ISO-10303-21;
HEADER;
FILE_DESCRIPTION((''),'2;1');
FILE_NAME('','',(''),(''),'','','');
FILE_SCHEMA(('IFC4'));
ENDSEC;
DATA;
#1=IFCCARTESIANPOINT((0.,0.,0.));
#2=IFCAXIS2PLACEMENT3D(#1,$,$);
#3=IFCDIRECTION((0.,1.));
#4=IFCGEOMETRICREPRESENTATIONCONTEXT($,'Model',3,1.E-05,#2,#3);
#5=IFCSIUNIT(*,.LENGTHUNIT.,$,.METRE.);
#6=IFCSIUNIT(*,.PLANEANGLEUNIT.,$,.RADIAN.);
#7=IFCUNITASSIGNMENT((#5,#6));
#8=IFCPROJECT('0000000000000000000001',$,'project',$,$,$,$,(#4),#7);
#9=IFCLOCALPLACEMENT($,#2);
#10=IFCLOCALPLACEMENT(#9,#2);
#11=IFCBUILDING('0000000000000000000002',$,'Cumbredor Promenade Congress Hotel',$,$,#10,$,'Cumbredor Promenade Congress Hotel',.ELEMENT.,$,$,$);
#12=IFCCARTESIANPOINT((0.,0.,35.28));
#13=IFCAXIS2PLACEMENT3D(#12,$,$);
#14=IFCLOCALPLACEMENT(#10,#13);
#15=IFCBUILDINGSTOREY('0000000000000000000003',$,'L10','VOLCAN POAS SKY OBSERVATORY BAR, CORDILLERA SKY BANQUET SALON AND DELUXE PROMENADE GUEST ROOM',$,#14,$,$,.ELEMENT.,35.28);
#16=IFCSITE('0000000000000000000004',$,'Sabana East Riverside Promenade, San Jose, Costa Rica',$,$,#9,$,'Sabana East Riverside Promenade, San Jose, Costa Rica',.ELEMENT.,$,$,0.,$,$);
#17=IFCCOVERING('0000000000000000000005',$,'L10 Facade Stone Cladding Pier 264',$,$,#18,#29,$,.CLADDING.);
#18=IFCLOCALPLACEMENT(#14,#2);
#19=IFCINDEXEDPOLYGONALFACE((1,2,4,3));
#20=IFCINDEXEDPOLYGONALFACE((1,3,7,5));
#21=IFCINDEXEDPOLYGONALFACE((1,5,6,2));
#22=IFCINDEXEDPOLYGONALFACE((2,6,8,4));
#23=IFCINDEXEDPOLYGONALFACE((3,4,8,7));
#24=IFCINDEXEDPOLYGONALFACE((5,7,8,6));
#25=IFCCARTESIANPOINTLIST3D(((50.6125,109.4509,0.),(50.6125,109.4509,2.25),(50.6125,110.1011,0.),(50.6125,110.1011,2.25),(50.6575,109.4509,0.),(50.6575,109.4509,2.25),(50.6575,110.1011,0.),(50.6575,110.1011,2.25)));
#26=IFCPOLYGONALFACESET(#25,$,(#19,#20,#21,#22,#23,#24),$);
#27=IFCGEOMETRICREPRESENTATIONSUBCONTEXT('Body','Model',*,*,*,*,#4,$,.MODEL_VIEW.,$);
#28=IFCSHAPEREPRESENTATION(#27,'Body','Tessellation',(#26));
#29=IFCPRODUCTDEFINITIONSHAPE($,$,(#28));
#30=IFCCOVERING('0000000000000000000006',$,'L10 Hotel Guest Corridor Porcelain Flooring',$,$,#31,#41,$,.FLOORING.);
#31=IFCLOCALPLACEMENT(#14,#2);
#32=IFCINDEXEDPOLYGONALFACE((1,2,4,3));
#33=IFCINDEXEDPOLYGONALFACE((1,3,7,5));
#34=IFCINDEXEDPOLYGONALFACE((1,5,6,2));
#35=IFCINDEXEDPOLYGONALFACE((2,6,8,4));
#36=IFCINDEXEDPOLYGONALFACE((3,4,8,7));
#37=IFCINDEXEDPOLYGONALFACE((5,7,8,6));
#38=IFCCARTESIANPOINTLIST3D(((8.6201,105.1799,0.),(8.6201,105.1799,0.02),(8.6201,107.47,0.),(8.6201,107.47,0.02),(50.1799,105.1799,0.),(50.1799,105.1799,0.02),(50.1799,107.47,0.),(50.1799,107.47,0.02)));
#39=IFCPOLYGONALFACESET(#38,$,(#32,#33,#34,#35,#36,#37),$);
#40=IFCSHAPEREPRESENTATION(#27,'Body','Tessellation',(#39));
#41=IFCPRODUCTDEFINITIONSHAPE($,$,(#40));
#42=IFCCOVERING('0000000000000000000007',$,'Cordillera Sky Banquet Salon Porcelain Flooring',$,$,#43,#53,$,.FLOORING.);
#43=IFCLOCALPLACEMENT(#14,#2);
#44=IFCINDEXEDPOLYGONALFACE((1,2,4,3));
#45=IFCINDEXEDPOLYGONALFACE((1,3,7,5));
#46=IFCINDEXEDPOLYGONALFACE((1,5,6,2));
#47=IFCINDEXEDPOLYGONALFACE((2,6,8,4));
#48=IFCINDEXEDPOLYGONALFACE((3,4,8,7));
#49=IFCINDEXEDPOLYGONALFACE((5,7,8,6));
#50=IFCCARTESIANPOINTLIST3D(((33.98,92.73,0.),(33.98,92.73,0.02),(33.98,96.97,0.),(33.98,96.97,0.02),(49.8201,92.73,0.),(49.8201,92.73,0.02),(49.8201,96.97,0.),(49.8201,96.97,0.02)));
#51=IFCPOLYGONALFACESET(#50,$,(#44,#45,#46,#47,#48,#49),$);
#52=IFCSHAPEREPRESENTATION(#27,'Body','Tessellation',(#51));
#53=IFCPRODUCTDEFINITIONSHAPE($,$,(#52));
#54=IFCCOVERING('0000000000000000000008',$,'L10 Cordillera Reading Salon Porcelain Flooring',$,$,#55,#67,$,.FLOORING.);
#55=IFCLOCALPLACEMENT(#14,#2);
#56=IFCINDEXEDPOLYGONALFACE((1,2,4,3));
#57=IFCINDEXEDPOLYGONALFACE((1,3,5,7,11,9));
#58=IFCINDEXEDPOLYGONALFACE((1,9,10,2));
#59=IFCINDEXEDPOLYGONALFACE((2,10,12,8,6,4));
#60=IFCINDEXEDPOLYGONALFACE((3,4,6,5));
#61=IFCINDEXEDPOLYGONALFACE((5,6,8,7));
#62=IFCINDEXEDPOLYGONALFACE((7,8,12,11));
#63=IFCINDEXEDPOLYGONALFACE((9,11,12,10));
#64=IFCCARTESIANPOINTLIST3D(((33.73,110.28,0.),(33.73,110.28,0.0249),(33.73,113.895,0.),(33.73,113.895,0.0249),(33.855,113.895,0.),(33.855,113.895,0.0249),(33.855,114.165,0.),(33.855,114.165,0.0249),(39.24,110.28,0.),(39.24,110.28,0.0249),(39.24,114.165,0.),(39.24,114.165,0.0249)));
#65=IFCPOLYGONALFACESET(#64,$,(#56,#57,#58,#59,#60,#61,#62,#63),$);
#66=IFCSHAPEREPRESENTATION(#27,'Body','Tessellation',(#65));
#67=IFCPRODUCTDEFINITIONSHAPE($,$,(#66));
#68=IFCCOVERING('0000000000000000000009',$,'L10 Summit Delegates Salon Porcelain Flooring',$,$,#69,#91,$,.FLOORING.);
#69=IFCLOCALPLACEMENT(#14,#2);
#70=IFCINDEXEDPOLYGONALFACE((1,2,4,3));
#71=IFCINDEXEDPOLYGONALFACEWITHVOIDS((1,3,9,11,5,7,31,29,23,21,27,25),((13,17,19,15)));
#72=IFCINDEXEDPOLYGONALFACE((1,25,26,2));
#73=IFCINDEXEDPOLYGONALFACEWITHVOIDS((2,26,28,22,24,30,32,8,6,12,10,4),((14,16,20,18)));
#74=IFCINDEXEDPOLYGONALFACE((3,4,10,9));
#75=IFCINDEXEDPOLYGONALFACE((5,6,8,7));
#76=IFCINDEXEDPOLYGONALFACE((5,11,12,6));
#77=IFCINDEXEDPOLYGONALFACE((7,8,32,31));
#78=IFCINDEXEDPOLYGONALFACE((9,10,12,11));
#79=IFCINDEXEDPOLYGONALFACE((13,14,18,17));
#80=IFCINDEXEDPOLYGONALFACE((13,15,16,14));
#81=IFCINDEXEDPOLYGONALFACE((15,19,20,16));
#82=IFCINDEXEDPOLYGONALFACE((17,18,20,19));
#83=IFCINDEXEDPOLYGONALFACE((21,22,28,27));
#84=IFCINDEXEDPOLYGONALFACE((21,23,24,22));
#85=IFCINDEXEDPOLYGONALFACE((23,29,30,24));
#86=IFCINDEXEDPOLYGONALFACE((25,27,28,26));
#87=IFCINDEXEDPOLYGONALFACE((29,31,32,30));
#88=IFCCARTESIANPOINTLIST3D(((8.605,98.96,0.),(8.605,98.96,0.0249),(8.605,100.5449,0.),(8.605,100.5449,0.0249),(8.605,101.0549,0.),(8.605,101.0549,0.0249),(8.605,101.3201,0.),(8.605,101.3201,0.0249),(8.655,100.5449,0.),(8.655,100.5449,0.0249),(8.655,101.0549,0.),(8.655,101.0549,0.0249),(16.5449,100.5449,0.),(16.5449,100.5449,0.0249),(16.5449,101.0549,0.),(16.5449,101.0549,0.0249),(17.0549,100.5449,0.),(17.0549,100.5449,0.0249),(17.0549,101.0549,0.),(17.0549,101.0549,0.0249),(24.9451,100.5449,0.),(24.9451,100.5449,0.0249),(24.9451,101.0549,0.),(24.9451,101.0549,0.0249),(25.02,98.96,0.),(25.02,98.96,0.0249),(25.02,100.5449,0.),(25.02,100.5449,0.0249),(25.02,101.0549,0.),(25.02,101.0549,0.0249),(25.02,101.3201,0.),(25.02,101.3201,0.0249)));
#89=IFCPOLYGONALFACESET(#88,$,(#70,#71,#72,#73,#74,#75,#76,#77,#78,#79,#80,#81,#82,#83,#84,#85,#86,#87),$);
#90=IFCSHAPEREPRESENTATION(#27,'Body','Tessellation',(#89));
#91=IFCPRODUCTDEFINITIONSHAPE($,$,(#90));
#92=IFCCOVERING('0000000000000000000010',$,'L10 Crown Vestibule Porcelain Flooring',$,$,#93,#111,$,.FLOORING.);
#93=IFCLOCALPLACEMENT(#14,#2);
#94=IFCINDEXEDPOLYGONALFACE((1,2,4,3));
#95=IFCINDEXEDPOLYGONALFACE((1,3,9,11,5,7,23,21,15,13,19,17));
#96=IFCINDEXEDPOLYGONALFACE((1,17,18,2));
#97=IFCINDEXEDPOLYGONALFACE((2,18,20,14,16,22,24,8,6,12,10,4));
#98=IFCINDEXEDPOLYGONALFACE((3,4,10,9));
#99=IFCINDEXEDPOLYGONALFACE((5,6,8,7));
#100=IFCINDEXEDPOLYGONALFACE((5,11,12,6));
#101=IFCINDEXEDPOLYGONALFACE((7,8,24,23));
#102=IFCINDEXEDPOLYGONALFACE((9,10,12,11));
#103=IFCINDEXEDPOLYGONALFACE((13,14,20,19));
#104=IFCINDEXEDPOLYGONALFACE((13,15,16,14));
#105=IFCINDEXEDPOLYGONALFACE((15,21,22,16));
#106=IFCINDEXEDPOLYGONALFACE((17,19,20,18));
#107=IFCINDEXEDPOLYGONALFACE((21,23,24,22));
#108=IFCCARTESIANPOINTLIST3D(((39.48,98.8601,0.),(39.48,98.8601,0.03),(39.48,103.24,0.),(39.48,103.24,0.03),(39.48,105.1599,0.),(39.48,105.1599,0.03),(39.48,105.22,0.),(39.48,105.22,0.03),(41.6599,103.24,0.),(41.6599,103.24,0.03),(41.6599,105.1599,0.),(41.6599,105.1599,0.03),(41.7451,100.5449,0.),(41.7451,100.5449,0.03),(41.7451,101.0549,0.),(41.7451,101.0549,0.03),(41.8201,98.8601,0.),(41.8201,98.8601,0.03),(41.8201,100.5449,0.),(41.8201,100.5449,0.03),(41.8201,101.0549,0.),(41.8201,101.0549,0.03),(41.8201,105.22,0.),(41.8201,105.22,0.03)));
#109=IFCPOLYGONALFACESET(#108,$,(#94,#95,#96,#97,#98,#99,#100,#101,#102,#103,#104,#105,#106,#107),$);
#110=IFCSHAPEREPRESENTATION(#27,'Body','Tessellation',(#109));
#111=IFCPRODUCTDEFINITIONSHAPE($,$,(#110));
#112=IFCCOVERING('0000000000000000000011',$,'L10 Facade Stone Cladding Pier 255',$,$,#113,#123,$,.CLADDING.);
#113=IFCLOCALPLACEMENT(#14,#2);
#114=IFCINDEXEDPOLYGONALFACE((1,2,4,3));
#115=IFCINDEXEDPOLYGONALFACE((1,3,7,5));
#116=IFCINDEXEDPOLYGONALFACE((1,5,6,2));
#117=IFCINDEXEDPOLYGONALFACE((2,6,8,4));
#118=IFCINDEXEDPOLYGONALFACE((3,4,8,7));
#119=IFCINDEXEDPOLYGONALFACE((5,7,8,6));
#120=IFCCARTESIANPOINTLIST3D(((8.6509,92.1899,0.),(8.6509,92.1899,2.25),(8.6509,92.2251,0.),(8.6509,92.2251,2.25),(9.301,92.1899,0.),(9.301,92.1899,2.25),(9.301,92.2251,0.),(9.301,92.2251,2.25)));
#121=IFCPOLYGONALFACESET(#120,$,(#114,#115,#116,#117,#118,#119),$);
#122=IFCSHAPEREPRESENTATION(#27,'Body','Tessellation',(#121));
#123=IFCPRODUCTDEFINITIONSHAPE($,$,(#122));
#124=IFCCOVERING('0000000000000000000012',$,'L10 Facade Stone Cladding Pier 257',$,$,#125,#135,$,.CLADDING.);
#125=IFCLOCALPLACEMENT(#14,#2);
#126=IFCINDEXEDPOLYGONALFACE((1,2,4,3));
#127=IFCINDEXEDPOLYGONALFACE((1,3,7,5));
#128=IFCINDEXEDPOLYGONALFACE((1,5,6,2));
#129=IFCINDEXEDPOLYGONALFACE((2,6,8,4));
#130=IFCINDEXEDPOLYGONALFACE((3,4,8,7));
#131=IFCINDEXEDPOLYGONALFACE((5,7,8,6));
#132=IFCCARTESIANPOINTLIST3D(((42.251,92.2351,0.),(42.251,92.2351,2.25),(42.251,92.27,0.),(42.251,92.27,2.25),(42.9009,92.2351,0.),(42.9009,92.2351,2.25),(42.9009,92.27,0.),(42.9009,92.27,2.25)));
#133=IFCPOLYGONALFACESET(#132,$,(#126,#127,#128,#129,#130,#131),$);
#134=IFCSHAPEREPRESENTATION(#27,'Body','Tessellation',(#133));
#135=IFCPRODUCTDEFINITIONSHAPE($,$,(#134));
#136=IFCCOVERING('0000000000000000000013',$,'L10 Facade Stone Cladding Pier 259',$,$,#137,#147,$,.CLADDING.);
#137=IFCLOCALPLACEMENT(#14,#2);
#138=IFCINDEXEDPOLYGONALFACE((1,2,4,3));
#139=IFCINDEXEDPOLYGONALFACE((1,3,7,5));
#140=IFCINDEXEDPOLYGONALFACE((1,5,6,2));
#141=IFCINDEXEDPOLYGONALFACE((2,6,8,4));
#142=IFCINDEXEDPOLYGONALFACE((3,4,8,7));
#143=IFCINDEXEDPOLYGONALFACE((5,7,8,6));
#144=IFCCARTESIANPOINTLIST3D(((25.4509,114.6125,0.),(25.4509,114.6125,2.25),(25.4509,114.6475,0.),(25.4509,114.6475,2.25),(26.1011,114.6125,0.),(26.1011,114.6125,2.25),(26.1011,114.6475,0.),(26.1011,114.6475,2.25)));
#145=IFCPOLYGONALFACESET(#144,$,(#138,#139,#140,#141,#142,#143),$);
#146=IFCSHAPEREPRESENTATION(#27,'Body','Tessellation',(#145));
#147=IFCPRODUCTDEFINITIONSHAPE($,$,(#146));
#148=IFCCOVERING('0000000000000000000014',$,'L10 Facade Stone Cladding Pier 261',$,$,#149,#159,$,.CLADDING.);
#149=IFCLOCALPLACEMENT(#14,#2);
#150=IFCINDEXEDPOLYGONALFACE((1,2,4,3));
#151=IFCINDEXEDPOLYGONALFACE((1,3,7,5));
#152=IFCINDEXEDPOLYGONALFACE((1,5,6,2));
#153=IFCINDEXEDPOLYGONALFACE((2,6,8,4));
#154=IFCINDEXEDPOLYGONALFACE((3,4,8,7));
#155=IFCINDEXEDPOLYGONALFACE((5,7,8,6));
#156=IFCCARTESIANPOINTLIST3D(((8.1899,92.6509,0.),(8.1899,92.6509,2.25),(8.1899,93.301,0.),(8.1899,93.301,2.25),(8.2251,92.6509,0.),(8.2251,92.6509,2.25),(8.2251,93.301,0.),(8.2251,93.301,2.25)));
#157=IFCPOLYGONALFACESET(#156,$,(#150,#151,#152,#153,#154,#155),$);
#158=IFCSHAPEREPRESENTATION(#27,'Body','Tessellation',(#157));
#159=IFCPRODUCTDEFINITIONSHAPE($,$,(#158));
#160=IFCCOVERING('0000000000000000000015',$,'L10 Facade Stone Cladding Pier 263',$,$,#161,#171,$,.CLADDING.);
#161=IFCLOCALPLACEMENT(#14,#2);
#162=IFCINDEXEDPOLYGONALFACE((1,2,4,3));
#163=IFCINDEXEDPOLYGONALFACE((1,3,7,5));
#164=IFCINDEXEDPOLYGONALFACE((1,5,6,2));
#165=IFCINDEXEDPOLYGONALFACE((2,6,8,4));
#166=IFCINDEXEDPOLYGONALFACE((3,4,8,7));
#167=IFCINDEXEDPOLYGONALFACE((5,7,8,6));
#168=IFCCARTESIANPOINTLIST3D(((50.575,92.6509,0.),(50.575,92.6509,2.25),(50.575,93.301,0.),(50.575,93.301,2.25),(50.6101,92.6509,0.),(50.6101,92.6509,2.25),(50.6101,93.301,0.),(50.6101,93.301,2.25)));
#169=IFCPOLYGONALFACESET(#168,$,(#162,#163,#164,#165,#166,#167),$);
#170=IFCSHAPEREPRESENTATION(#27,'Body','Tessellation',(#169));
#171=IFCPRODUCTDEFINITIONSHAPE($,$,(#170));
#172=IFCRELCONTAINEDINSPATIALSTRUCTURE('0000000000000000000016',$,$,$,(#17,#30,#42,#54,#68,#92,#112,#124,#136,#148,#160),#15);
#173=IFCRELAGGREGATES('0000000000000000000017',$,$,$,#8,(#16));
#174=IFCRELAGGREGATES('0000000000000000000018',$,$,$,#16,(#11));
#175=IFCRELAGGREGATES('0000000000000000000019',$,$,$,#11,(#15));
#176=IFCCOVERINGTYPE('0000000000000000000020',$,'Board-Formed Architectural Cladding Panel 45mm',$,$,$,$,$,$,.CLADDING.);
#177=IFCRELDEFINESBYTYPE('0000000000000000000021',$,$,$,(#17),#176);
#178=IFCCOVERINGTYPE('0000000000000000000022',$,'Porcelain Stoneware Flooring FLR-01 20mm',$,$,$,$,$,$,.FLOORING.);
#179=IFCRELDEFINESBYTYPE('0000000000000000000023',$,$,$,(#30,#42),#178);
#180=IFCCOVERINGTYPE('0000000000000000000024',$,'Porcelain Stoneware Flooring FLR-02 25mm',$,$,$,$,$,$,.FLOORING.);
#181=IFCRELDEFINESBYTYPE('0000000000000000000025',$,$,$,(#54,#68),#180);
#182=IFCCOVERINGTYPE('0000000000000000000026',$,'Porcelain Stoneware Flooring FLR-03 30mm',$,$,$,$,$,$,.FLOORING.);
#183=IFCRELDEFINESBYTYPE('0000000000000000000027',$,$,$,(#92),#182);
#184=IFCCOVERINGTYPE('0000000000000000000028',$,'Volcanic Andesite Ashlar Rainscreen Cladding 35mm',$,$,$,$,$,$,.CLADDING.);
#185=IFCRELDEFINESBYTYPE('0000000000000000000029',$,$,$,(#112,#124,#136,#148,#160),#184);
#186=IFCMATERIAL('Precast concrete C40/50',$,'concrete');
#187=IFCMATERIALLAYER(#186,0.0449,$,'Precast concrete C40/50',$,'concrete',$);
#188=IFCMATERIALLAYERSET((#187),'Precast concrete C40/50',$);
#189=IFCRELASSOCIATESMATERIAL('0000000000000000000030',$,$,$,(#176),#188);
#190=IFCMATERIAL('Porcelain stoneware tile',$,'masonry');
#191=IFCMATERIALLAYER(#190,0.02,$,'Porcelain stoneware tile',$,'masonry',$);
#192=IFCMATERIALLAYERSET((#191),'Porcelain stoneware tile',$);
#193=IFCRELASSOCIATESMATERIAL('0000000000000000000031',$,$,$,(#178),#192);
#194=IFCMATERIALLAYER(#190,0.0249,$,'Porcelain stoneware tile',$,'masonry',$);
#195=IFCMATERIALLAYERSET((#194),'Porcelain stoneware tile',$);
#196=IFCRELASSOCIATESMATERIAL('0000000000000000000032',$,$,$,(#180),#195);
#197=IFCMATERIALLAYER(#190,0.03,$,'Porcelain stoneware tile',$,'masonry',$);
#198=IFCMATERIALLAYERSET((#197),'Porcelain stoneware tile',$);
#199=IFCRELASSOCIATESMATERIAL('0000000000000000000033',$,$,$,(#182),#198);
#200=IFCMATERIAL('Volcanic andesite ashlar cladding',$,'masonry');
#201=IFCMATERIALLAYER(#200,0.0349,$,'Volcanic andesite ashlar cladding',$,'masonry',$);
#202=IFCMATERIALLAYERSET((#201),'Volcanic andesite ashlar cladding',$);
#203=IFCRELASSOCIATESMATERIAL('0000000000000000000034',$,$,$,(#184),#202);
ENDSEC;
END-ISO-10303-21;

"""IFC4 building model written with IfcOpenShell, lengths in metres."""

from ifc_helpers import new_model, si_unit, direction, frame, origin, place, context, subcontext, project, spatial, polyline, outline, extrude, material, layer, layer_set, type_object, element, save


model = new_model("IFC4")

# Units and contexts
model_context = context("Model", 3, precision=1e-05, world=origin(), true_north=direction((0.0, 1.0)))
body_context = subcontext(model_context, "Body", "Model", "MODEL_VIEW")
ifc_project = project(units=[si_unit("LENGTHUNIT", "METRE"), si_unit("PLANEANGLEUNIT", "RADIAN")], contexts=[model_context])

# Site, building, storey
site_placement = place(None, origin())
site = spatial("IfcSite", under=ifc_project, at=site_placement, Name="Sabana East Riverside Promenade, San Jose, Costa Rica", LongName="Sabana East Riverside Promenade, San Jose, Costa Rica", CompositionType="ELEMENT", RefElevation=0.0)
building_placement = place(site_placement, origin())
building = spatial("IfcBuilding", under=site, at=building_placement, Name="Cumbredor Promenade Congress Hotel", LongName="Cumbredor Promenade Congress Hotel", CompositionType="ELEMENT")
storey_placement = place(building_placement, frame((0.0, 0.0, 35.28)))
storey = spatial("IfcBuildingStorey", under=building, at=storey_placement, Name="L10", Description="VOLCAN POAS SKY OBSERVATORY BAR, CORDILLERA SKY BANQUET SALON AND DELUXE PROMENADE GUEST ROOM", CompositionType="ELEMENT", Elevation=35.28)

# Coverings
ifc_material_1 = material(Name="Precast concrete C40/50", Category="concrete")
ifc_layer_1 = layer(ifc_material_1, 0.0449, Name="Precast concrete C40/50", Category="concrete")
ifc_layer_set_1 = layer_set([ifc_layer_1], Name="Precast concrete C40/50")
covering_type_1 = type_object("IfcCoveringType", Name="Board-Formed Architectural Cladding Panel 45mm", PredefinedType="CLADDING", material=ifc_layer_set_1)
covering_1_placement = place(storey_placement, origin())
element("IfcCovering", 1, at=covering_1_placement, inside=storey, type_object=covering_type_1, Name="L10 Facade Stone Cladding Pier 264", PredefinedType="CLADDING", context=body_context, shape_type="SweptSolid", body=[
    extrude(outline(polyline([(50.6125, 109.4509), (50.6125, 110.1011), (50.6575, 110.1011), (50.6575, 109.4509), (50.6125, 109.4509)])), origin(), (0.0, 0.0, 1.0), 2.25),
])
ifc_material_2 = material(Name="Porcelain stoneware tile", Category="masonry")
ifc_layer_2 = layer(ifc_material_2, 0.02, Name="Porcelain stoneware tile", Category="masonry")
ifc_layer_set_2 = layer_set([ifc_layer_2], Name="Porcelain stoneware tile")
covering_type_2 = type_object("IfcCoveringType", Name="Porcelain Stoneware Flooring FLR-01 20mm", PredefinedType="FLOORING", material=ifc_layer_set_2)
covering_2_placement = place(storey_placement, origin())
element("IfcCovering", 2, at=covering_2_placement, inside=storey, type_object=covering_type_2, Name="L10 Hotel Guest Corridor Porcelain Flooring", PredefinedType="FLOORING", context=body_context, shape_type="SweptSolid", body=[
    extrude(outline(polyline([(50.1799, 105.1799), (50.1799, 107.47), (8.6201, 107.47), (8.6201, 105.1799), (50.1799, 105.1799)])), origin(), (0.0, 0.0, 1.0), 0.02),
])
covering_3_placement = place(storey_placement, origin())
element("IfcCovering", 3, at=covering_3_placement, inside=storey, type_object=covering_type_2, Name="Cordillera Sky Banquet Salon Porcelain Flooring", PredefinedType="FLOORING", context=body_context, shape_type="SweptSolid", body=[
    extrude(outline(polyline([(49.8201, 92.73), (49.8201, 96.97), (33.98, 96.97), (33.98, 92.73), (49.8201, 92.73)])), origin(), (0.0, 0.0, 1.0), 0.02),
])
ifc_layer_3 = layer(ifc_material_2, 0.0249, Name="Porcelain stoneware tile", Category="masonry")
ifc_layer_set_3 = layer_set([ifc_layer_3], Name="Porcelain stoneware tile")
covering_type_3 = type_object("IfcCoveringType", Name="Porcelain Stoneware Flooring FLR-02 25mm", PredefinedType="FLOORING", material=ifc_layer_set_3)
covering_4_placement = place(storey_placement, origin())
element("IfcCovering", 4, at=covering_4_placement, inside=storey, type_object=covering_type_3, Name="L10 Cordillera Reading Salon Porcelain Flooring", PredefinedType="FLOORING", context=body_context, shape_type="SweptSolid", body=[
    extrude(outline(polyline([(39.24, 114.165), (39.24, 110.28), (33.73, 110.28), (33.73, 113.895), (33.855, 113.895), (33.855, 114.165), (39.24, 114.165)])), origin(), (0.0, 0.0, 1.0), 0.0249),
])
covering_5_placement = place(storey_placement, origin())
element("IfcCovering", 5, at=covering_5_placement, inside=storey, type_object=covering_type_3, Name="L10 Summit Delegates Salon Porcelain Flooring", PredefinedType="FLOORING", context=body_context, shape_type="SweptSolid", body=[
    extrude(outline(polyline([(25.02, 101.0549), (24.9451, 101.0549), (24.9451, 100.5449), (25.02, 100.5449), (25.02, 98.96), (8.605, 98.96), (8.605, 100.5449), (8.655, 100.5449), (8.655, 101.0549), (8.605, 101.0549), (8.605, 101.3201), (25.02, 101.3201), (25.02, 101.0549)]), holes=[polyline([(16.5449, 101.0549), (16.5449, 100.5449), (17.0549, 100.5449), (17.0549, 101.0549), (16.5449, 101.0549)])]), origin(), (0.0, 0.0, 1.0), 0.0249),
])
ifc_layer_4 = layer(ifc_material_2, 0.03, Name="Porcelain stoneware tile", Category="masonry")
ifc_layer_set_4 = layer_set([ifc_layer_4], Name="Porcelain stoneware tile")
covering_type_4 = type_object("IfcCoveringType", Name="Porcelain Stoneware Flooring FLR-03 30mm", PredefinedType="FLOORING", material=ifc_layer_set_4)
covering_6_placement = place(storey_placement, origin())
element("IfcCovering", 6, at=covering_6_placement, inside=storey, type_object=covering_type_4, Name="L10 Crown Vestibule Porcelain Flooring", PredefinedType="FLOORING", context=body_context, shape_type="SweptSolid", body=[
    extrude(outline(polyline([(41.8201, 105.22), (41.8201, 101.0549), (41.7451, 101.0549), (41.7451, 100.5449), (41.8201, 100.5449), (41.8201, 98.8601), (39.48, 98.8601), (39.48, 103.24), (41.6599, 103.24), (41.6599, 105.1599), (39.48, 105.1599), (39.48, 105.22), (41.8201, 105.22)])), origin(), (0.0, 0.0, 1.0), 0.03),
])
ifc_material_3 = material(Name="Volcanic andesite ashlar cladding", Category="masonry")
ifc_layer_5 = layer(ifc_material_3, 0.0349, Name="Volcanic andesite ashlar cladding", Category="masonry")
ifc_layer_set_5 = layer_set([ifc_layer_5], Name="Volcanic andesite ashlar cladding")
covering_type_5 = type_object("IfcCoveringType", Name="Volcanic Andesite Ashlar Rainscreen Cladding 35mm", PredefinedType="CLADDING", material=ifc_layer_set_5)
covering_7_placement = place(storey_placement, origin())
element("IfcCovering", 7, at=covering_7_placement, inside=storey, type_object=covering_type_5, Name="L10 Facade Stone Cladding Pier 255", PredefinedType="CLADDING", context=body_context, shape_type="SweptSolid", body=[
    extrude(outline(polyline([(8.6509, 92.2251), (9.301, 92.2251), (9.301, 92.1899), (8.6509, 92.1899), (8.6509, 92.2251)])), origin(), (0.0, 0.0, 1.0), 2.25),
])
covering_8_placement = place(storey_placement, origin())
element("IfcCovering", 8, at=covering_8_placement, inside=storey, type_object=covering_type_5, Name="L10 Facade Stone Cladding Pier 257", PredefinedType="CLADDING", context=body_context, shape_type="SweptSolid", body=[
    extrude(outline(polyline([(42.251, 92.27), (42.9009, 92.27), (42.9009, 92.2351), (42.251, 92.2351), (42.251, 92.27)])), origin(), (0.0, 0.0, 1.0), 2.25),
])
covering_9_placement = place(storey_placement, origin())
element("IfcCovering", 9, at=covering_9_placement, inside=storey, type_object=covering_type_5, Name="L10 Facade Stone Cladding Pier 259", PredefinedType="CLADDING", context=body_context, shape_type="SweptSolid", body=[
    extrude(outline(polyline([(25.4509, 114.6125), (26.1011, 114.6125), (26.1011, 114.6475), (25.4509, 114.6475), (25.4509, 114.6125)])), origin(), (0.0, 0.0, 1.0), 2.25),
])
covering_10_placement = place(storey_placement, origin())
element("IfcCovering", 10, at=covering_10_placement, inside=storey, type_object=covering_type_5, Name="L10 Facade Stone Cladding Pier 261", PredefinedType="CLADDING", context=body_context, shape_type="SweptSolid", body=[
    extrude(outline(polyline([(8.2251, 92.6509), (8.2251, 93.301), (8.1899, 93.301), (8.1899, 92.6509), (8.2251, 92.6509)])), origin(), (0.0, 0.0, 1.0), 2.25),
])
covering_11_placement = place(storey_placement, origin())
element("IfcCovering", 11, at=covering_11_placement, inside=storey, type_object=covering_type_5, Name="L10 Facade Stone Cladding Pier 263", PredefinedType="CLADDING", context=body_context, shape_type="SweptSolid", body=[
    extrude(outline(polyline([(50.575, 92.6509), (50.575, 93.301), (50.6101, 93.301), (50.6101, 92.6509), (50.575, 92.6509)])), origin(), (0.0, 0.0, 1.0), 2.25),
])

save(model, "model.ifc")
